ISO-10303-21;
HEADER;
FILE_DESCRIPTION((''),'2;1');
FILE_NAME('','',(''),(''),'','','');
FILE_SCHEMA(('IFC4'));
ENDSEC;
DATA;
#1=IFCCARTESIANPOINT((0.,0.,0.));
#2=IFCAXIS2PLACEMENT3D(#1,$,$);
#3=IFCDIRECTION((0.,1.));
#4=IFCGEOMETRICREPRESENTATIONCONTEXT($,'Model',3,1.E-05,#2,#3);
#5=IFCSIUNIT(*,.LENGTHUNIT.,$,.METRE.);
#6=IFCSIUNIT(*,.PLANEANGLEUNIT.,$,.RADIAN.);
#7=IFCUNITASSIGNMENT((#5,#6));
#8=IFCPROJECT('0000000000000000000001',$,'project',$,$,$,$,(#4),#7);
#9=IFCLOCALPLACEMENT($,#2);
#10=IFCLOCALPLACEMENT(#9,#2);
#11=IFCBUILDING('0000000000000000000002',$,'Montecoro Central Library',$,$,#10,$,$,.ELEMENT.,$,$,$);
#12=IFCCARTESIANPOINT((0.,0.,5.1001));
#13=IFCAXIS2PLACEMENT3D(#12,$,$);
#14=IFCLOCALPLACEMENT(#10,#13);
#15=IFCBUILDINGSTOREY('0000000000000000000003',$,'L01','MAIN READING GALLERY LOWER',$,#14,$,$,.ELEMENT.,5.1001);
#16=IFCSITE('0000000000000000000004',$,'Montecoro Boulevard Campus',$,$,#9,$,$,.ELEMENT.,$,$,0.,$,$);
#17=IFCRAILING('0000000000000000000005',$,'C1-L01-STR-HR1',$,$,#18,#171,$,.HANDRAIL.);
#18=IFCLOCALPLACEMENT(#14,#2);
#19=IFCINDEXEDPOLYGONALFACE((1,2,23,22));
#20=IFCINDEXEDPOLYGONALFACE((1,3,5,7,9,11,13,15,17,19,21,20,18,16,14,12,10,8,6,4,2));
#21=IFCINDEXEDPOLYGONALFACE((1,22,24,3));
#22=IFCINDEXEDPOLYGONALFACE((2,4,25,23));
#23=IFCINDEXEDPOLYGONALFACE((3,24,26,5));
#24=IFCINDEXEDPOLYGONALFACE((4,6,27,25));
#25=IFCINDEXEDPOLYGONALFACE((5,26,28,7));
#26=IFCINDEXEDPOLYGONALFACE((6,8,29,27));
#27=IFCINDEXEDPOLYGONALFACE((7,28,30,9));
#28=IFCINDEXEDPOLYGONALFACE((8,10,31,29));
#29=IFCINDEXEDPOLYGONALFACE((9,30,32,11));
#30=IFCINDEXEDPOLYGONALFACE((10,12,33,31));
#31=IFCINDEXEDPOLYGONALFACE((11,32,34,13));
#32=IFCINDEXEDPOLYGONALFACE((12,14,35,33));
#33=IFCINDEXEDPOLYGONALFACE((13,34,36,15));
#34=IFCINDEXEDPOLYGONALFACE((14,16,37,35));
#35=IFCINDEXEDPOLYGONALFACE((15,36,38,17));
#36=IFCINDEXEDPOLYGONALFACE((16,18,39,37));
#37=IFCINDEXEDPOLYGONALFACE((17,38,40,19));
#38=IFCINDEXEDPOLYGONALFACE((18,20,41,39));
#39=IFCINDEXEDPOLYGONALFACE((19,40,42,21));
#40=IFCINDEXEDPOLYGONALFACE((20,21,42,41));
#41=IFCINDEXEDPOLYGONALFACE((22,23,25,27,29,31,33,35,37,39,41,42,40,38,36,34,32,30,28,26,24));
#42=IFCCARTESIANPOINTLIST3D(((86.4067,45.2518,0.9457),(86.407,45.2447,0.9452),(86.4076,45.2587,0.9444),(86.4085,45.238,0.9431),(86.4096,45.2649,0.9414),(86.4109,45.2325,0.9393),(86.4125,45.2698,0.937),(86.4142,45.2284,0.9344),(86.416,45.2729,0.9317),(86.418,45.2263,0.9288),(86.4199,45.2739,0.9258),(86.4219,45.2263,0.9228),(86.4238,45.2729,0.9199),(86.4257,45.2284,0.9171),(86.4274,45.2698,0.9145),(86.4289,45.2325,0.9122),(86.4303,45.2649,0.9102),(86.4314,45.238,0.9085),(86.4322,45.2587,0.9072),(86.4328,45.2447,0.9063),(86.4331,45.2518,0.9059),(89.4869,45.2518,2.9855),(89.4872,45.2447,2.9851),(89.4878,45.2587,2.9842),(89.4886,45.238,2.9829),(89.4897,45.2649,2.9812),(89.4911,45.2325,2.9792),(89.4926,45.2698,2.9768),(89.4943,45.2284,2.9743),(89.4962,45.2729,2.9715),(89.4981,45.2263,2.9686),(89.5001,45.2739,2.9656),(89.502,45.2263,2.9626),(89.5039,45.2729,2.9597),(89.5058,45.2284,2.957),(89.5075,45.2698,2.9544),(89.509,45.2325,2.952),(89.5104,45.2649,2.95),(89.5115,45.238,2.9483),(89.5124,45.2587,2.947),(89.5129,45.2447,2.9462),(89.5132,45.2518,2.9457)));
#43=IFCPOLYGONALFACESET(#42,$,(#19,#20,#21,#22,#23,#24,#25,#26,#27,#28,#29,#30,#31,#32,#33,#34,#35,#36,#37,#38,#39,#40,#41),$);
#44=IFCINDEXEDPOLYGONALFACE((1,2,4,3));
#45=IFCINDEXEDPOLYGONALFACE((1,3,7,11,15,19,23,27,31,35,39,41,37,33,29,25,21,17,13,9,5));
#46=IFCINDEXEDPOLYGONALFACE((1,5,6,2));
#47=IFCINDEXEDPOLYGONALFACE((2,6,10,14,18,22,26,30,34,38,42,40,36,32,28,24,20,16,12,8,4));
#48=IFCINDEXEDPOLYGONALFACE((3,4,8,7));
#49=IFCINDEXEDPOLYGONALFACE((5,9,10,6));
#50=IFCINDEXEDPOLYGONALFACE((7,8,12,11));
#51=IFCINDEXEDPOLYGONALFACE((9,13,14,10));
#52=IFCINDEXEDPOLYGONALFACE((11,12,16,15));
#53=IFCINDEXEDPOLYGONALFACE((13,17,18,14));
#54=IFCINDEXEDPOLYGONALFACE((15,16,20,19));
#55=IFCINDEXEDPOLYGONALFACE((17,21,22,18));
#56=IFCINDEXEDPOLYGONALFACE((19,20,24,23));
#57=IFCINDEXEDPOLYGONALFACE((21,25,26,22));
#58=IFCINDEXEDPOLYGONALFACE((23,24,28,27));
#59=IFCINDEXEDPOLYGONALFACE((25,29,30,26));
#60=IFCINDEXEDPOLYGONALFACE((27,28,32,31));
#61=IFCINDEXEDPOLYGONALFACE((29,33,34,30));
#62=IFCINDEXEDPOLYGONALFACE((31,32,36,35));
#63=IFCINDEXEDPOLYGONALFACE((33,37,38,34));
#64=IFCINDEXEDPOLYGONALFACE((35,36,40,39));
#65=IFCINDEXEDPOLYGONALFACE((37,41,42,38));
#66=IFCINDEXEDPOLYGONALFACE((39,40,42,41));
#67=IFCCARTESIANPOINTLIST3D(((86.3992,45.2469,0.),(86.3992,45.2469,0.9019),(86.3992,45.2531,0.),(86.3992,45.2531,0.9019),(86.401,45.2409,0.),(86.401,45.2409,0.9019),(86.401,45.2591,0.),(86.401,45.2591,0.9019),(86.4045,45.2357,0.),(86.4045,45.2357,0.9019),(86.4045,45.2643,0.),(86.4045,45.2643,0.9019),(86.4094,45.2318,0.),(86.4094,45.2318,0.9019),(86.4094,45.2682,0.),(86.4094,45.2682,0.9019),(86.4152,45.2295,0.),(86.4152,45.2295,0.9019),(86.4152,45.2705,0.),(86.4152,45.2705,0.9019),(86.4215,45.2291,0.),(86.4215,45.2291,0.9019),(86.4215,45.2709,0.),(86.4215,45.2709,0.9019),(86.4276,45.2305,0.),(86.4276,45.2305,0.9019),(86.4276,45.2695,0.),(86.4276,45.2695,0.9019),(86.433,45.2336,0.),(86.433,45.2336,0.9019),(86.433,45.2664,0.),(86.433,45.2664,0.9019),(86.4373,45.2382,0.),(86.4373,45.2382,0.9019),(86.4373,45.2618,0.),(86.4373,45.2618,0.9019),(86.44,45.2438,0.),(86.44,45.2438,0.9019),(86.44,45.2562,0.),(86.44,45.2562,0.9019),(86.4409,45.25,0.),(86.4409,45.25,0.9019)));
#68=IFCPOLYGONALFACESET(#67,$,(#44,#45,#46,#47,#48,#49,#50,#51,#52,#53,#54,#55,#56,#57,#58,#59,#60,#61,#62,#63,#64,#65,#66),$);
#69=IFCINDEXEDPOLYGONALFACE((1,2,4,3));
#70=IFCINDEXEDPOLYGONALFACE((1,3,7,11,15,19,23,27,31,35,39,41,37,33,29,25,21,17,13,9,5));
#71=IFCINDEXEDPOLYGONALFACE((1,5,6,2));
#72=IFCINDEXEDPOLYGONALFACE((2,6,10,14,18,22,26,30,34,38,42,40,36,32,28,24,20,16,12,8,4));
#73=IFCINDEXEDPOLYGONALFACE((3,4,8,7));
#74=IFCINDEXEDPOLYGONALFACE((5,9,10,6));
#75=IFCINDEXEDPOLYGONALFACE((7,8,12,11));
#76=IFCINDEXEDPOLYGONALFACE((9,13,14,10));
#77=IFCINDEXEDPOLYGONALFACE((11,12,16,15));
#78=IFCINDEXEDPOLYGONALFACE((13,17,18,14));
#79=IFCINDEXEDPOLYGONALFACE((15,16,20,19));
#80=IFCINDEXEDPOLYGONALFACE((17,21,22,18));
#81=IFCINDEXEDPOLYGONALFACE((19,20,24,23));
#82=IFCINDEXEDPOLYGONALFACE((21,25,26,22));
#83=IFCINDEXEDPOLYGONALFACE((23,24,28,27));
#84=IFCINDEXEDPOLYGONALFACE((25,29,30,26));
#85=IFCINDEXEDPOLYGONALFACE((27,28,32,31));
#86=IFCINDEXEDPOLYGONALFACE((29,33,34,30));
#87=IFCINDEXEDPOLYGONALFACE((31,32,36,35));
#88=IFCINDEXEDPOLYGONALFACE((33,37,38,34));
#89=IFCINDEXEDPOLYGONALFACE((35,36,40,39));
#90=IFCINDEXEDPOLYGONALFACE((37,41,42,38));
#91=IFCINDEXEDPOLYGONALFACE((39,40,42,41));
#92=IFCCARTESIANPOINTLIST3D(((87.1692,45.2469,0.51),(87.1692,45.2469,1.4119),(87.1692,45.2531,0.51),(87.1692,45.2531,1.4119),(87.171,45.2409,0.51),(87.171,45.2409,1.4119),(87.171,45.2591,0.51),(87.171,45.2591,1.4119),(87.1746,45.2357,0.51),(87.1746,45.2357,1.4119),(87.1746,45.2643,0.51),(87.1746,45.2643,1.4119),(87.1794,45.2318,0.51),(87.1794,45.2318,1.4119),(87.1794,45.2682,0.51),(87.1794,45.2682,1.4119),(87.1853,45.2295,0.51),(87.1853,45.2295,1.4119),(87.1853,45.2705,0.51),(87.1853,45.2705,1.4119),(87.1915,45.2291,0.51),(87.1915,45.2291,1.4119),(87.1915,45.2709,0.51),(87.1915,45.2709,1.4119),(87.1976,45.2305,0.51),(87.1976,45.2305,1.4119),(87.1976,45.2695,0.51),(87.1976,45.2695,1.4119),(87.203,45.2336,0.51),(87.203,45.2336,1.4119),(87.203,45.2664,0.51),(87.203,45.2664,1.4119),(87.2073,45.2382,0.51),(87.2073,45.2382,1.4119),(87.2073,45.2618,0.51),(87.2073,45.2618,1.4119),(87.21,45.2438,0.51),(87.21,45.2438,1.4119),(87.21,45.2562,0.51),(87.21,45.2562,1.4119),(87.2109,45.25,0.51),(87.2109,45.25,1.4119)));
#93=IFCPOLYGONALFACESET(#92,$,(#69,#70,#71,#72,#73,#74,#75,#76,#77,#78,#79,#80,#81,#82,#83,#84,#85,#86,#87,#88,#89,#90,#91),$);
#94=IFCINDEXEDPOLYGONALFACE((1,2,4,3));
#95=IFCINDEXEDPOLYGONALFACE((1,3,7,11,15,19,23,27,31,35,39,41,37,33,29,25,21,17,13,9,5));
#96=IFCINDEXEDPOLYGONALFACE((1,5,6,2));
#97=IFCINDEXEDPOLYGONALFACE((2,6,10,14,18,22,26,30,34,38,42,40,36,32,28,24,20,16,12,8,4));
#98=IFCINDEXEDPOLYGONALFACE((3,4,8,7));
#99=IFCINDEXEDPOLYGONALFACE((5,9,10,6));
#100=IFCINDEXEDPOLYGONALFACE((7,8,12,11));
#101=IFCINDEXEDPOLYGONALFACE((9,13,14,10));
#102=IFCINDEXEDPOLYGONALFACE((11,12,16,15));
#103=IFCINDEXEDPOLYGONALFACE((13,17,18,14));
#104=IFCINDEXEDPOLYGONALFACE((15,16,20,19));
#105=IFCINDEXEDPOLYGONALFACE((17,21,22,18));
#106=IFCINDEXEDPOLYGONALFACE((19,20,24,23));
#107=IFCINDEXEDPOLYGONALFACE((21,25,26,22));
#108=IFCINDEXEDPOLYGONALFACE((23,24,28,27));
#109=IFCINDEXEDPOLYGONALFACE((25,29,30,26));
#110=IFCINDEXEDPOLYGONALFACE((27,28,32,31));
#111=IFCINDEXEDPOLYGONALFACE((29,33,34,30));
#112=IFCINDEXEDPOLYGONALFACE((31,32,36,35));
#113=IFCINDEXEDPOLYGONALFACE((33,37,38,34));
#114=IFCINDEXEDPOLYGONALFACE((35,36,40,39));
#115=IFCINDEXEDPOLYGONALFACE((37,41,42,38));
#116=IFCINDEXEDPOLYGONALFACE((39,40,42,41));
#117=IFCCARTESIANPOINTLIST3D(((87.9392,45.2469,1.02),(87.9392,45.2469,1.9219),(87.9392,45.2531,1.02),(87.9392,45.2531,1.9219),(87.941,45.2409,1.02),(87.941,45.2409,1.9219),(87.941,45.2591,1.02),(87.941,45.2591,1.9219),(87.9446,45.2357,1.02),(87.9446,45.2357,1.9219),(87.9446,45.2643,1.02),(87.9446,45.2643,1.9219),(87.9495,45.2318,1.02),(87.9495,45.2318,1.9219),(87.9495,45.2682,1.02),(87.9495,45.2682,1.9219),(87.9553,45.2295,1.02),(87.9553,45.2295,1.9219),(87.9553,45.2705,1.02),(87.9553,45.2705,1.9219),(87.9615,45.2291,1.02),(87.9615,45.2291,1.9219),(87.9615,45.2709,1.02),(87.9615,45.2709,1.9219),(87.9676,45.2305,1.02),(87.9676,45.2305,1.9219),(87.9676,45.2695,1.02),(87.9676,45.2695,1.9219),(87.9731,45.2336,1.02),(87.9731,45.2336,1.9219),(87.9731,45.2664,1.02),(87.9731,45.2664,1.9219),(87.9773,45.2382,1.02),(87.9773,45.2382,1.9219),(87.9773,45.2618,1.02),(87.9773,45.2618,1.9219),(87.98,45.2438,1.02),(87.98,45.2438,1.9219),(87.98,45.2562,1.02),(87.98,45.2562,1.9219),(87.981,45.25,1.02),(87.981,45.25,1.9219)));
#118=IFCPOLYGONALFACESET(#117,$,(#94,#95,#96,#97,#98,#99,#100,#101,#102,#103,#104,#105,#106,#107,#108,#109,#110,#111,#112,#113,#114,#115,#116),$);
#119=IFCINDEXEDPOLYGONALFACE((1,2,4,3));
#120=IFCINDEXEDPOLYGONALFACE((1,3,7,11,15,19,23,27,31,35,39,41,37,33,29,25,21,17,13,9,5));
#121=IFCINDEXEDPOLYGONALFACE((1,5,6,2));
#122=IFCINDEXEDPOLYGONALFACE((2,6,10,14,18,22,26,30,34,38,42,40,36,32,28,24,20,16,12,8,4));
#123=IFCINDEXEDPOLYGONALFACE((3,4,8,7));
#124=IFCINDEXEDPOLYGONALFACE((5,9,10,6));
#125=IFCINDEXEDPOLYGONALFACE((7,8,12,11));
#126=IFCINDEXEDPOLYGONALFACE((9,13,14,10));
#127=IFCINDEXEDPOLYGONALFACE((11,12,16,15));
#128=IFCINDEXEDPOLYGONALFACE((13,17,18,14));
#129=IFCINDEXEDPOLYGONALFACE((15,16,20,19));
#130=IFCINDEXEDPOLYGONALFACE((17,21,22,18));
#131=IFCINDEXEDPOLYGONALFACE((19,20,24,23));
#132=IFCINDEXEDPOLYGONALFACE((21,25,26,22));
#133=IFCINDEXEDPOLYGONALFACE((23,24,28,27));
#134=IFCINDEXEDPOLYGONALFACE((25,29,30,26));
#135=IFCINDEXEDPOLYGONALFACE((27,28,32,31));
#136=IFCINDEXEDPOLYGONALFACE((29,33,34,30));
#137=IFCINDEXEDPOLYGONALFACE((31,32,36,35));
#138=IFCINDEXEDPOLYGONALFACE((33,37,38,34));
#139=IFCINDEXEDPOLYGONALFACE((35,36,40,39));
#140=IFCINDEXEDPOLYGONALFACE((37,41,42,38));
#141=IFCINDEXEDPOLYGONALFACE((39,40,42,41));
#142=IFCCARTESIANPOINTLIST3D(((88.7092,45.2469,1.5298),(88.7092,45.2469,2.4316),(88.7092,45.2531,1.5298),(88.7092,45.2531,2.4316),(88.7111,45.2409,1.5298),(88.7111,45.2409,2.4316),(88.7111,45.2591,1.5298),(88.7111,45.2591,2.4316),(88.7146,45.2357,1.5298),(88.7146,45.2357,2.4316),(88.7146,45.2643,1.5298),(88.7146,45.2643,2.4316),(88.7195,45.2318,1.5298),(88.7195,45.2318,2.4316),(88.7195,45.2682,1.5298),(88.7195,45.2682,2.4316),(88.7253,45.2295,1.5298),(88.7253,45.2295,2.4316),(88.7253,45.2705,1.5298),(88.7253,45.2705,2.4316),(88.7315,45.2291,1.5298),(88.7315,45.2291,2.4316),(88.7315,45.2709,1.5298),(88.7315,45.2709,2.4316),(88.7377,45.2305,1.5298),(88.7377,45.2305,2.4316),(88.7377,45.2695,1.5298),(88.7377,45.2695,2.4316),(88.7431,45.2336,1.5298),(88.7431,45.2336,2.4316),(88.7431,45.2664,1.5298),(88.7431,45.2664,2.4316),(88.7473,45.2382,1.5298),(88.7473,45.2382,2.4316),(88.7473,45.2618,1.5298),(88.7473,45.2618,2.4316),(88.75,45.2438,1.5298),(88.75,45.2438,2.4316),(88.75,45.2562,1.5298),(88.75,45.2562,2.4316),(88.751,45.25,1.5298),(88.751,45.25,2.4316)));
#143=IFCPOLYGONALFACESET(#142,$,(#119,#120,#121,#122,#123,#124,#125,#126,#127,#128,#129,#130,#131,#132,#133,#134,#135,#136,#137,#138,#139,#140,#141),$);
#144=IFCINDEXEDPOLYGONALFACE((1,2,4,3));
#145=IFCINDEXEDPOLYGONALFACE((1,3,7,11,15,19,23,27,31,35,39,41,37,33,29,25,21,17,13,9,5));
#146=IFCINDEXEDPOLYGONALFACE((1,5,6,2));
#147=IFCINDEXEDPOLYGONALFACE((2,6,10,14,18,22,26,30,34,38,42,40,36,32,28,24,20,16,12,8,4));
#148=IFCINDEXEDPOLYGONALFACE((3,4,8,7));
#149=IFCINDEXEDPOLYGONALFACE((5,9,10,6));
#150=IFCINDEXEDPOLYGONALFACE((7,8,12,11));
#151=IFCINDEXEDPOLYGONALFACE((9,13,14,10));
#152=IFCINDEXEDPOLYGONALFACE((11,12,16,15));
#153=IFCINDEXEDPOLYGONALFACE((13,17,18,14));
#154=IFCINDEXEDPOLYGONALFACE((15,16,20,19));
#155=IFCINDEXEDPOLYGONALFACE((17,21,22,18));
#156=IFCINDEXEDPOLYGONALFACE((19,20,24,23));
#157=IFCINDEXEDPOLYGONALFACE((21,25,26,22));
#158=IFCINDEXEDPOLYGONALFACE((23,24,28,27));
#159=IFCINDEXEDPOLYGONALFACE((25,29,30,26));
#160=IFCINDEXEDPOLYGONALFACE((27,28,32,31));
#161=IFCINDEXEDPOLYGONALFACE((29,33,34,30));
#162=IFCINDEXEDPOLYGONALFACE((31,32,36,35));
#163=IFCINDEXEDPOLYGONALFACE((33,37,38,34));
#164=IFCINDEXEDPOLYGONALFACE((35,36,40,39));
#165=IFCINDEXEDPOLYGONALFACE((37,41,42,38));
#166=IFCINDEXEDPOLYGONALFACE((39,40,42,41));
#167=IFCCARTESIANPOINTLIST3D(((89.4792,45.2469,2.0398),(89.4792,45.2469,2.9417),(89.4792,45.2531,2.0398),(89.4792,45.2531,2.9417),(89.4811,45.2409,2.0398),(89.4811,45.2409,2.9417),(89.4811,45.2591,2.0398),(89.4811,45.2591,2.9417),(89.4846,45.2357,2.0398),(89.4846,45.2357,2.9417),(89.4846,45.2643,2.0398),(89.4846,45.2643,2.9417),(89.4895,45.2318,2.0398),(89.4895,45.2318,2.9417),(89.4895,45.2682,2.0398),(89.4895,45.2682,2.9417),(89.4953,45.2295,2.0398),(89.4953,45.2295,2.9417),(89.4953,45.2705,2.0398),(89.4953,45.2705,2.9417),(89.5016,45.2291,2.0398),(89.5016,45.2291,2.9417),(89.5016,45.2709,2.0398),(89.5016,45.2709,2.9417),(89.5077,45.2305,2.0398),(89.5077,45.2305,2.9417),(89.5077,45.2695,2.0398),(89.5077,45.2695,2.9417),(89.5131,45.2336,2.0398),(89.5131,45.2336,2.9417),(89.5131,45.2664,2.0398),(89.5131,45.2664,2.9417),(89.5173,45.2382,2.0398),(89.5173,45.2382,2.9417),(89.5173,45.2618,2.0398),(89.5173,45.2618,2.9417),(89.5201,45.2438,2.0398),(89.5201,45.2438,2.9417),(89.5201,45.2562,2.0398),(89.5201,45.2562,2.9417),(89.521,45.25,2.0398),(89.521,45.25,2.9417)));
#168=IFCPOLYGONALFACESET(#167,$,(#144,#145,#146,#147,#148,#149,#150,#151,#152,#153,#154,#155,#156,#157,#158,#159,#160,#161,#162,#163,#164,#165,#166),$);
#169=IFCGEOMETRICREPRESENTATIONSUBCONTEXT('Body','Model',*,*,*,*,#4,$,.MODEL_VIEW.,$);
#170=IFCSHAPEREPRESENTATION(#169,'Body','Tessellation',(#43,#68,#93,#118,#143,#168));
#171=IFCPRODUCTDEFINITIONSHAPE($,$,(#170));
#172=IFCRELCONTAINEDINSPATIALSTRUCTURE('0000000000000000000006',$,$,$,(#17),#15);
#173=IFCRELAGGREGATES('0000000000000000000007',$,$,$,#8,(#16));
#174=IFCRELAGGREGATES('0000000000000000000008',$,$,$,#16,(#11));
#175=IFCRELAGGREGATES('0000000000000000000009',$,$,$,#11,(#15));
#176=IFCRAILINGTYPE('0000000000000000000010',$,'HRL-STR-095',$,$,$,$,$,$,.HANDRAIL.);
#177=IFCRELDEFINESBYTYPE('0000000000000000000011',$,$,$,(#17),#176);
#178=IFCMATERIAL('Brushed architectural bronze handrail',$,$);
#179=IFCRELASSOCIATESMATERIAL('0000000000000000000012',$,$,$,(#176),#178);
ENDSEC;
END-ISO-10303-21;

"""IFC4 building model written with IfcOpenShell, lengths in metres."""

from ifc_helpers import new_model, si_unit, direction, frame, origin, origin_2d, place, context, subcontext, project, spatial, circle, extrude, material, type_object, element, save


model = new_model("IFC4")

# Units and contexts
model_context = context("Model", 3, precision=1e-05, world=origin(), true_north=direction((0.0, 1.0)))
body_context = subcontext(model_context, "Body", "Model", "MODEL_VIEW")
ifc_project = project(units=[si_unit("LENGTHUNIT", "METRE"), si_unit("PLANEANGLEUNIT", "RADIAN")], contexts=[model_context])

# Site, building, storey
site_placement = place(None, origin())
site = spatial("IfcSite", under=ifc_project, at=site_placement, Name="Montecoro Boulevard Campus", CompositionType="ELEMENT", RefElevation=0.0)
building_placement = place(site_placement, origin())
building = spatial("IfcBuilding", under=site, at=building_placement, Name="Montecoro Central Library", CompositionType="ELEMENT")
storey_placement = place(building_placement, frame((0.0, 0.0, 5.1001)))
storey = spatial("IfcBuildingStorey", under=building, at=storey_placement, Name="L01", Description="MAIN READING GALLERY LOWER", CompositionType="ELEMENT", Elevation=5.1001)

# Railing
ifc_material_1 = material(Name="Brushed architectural bronze handrail")
railing_type = type_object("IfcRailingType", Name="HRL-STR-095", PredefinedType="HANDRAIL", material=ifc_material_1)
railing_placement = place(storey_placement, frame((86.4199, 45.25, 0.0)))
element("IfcRailing", 1, at=railing_placement, inside=storey, type_object=railing_type, Name="C1-L01-STR-HR1", PredefinedType="HANDRAIL", context=body_context, shape_type="SweptSolid", body=[
    extrude(circle(Radius=0.0239, at=origin_2d()), frame((0.0, 0.0, 0.9258), z_axis=(0.833744, 0.0, 0.552151), x_axis=(0.0, 1.0, 0.0)), (0.0, 0.0, 1.0), 3.6943),
    extrude(circle(Radius=0.021, at=origin_2d()), origin(), (0.0, 0.0, 1.0), 0.9019),
    extrude(circle(Radius=0.021, at=origin_2d()), frame((0.77, 0.0, 0.51)), (0.0, 0.0, 1.0), 0.9019),
    extrude(circle(Radius=0.021, at=origin_2d()), frame((1.54, 0.0, 1.02)), (0.0, 0.0, 1.0), 0.9019),
    extrude(circle(Radius=0.021, at=origin_2d()), frame((2.3101, 0.0, 1.5298)), (0.0, 0.0, 1.0), 0.9019),
    extrude(circle(Radius=0.021, at=origin_2d()), frame((3.0801, 0.0, 2.0398)), (0.0, 0.0, 1.0), 0.9019),
])

save(model, "model.ifc")
